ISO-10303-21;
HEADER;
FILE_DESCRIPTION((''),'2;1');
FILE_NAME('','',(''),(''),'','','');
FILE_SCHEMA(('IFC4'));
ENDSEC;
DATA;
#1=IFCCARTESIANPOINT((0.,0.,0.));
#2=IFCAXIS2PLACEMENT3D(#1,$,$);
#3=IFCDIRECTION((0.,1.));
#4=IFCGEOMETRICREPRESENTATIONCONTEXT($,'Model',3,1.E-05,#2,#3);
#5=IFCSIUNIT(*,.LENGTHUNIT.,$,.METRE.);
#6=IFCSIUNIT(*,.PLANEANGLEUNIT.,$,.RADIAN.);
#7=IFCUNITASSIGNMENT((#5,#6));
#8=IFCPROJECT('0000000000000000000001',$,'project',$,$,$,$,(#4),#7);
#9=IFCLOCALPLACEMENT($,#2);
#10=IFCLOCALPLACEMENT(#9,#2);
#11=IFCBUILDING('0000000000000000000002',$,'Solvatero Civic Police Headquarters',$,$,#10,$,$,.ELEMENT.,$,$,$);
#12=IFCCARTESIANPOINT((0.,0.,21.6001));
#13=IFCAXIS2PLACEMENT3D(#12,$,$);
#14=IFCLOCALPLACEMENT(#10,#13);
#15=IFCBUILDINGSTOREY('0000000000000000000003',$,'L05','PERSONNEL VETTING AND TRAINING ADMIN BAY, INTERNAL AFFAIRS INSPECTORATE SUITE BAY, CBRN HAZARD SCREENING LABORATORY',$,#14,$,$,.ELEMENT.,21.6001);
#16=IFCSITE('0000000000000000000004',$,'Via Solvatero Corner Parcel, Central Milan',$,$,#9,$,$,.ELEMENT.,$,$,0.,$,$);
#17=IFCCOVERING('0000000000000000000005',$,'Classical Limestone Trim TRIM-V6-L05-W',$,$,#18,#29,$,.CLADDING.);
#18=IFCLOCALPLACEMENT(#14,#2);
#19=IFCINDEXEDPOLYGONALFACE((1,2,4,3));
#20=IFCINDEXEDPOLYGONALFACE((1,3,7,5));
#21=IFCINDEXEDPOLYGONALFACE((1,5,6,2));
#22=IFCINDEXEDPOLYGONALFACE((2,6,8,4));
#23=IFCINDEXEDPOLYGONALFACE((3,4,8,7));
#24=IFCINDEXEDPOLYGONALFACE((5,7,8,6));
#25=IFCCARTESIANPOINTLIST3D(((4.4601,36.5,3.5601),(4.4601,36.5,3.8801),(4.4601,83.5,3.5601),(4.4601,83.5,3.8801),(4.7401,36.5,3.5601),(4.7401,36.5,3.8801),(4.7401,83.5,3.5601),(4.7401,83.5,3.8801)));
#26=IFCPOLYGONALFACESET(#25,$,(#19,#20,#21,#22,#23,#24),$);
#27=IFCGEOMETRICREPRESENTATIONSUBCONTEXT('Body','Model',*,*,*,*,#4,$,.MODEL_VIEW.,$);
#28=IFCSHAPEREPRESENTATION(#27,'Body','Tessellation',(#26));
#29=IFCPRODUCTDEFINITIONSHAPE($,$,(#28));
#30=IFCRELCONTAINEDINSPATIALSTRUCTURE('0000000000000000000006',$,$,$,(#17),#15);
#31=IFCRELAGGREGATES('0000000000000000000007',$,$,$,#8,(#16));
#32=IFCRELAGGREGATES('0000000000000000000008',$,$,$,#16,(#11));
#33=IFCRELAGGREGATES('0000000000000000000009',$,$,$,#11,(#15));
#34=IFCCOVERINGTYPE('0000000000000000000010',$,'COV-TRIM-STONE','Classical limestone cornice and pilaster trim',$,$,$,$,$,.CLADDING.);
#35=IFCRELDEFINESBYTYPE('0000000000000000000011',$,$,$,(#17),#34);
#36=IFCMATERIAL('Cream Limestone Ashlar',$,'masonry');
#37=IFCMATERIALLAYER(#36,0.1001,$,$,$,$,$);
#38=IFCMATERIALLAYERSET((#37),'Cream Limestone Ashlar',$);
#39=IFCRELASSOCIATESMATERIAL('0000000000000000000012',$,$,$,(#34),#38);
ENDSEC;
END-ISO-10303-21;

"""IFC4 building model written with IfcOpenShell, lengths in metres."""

from ifc_helpers import new_model, si_unit, direction, frame, origin, origin_2d, place, context, subcontext, project, spatial, rectangle, extrude, material, layer, layer_set, type_object, element, save


model = new_model("IFC4")

# Units and contexts
model_context = context("Model", 3, precision=1e-05, world=origin(), true_north=direction((0.0, 1.0)))
body_context = subcontext(model_context, "Body", "Model", "MODEL_VIEW")
ifc_project = project(units=[si_unit("LENGTHUNIT", "METRE"), si_unit("PLANEANGLEUNIT", "RADIAN")], contexts=[model_context])

# Site, building, storey
site_placement = place(None, origin())
site = spatial("IfcSite", under=ifc_project, at=site_placement, Name="Via Solvatero Corner Parcel, Central Milan", CompositionType="ELEMENT", RefElevation=0.0)
building_placement = place(site_placement, origin())
building = spatial("IfcBuilding", under=site, at=building_placement, Name="Solvatero Civic Police Headquarters", CompositionType="ELEMENT")
storey_placement = place(building_placement, frame((0.0, 0.0, 21.6001)))
storey = spatial("IfcBuildingStorey", under=building, at=storey_placement, Name="L05", Description="PERSONNEL VETTING AND TRAINING ADMIN BAY, INTERNAL AFFAIRS INSPECTORATE SUITE BAY, CBRN HAZARD SCREENING LABORATORY", CompositionType="ELEMENT", Elevation=21.6001)

# Covering
ifc_material_1 = material(Name="Cream Limestone Ashlar", Category="masonry")
ifc_layer_1 = layer(ifc_material_1, 0.1001)
ifc_layer_set_1 = layer_set([ifc_layer_1], Name="Cream Limestone Ashlar")
covering_type = type_object("IfcCoveringType", Name="COV-TRIM-STONE", Description="Classical limestone cornice and pilaster trim", PredefinedType="CLADDING", material=ifc_layer_set_1)
covering_placement = place(storey_placement, frame((4.6001, 60.0, 3.5601), z_axis=(0.0, 0.0, 1.0), x_axis=(1.0, 0.0, 0.0)))
element("IfcCovering", 1, at=covering_placement, inside=storey, type_object=covering_type, Name="Classical Limestone Trim TRIM-V6-L05-W", PredefinedType="CLADDING", context=body_context, shape_type="SweptSolid", body=[
    extrude(rectangle(XDim=0.28, YDim=47.0, at=origin_2d()), origin(), (0.0, 0.0, 1.0), 0.3201),
])

save(model, "model.ifc")
